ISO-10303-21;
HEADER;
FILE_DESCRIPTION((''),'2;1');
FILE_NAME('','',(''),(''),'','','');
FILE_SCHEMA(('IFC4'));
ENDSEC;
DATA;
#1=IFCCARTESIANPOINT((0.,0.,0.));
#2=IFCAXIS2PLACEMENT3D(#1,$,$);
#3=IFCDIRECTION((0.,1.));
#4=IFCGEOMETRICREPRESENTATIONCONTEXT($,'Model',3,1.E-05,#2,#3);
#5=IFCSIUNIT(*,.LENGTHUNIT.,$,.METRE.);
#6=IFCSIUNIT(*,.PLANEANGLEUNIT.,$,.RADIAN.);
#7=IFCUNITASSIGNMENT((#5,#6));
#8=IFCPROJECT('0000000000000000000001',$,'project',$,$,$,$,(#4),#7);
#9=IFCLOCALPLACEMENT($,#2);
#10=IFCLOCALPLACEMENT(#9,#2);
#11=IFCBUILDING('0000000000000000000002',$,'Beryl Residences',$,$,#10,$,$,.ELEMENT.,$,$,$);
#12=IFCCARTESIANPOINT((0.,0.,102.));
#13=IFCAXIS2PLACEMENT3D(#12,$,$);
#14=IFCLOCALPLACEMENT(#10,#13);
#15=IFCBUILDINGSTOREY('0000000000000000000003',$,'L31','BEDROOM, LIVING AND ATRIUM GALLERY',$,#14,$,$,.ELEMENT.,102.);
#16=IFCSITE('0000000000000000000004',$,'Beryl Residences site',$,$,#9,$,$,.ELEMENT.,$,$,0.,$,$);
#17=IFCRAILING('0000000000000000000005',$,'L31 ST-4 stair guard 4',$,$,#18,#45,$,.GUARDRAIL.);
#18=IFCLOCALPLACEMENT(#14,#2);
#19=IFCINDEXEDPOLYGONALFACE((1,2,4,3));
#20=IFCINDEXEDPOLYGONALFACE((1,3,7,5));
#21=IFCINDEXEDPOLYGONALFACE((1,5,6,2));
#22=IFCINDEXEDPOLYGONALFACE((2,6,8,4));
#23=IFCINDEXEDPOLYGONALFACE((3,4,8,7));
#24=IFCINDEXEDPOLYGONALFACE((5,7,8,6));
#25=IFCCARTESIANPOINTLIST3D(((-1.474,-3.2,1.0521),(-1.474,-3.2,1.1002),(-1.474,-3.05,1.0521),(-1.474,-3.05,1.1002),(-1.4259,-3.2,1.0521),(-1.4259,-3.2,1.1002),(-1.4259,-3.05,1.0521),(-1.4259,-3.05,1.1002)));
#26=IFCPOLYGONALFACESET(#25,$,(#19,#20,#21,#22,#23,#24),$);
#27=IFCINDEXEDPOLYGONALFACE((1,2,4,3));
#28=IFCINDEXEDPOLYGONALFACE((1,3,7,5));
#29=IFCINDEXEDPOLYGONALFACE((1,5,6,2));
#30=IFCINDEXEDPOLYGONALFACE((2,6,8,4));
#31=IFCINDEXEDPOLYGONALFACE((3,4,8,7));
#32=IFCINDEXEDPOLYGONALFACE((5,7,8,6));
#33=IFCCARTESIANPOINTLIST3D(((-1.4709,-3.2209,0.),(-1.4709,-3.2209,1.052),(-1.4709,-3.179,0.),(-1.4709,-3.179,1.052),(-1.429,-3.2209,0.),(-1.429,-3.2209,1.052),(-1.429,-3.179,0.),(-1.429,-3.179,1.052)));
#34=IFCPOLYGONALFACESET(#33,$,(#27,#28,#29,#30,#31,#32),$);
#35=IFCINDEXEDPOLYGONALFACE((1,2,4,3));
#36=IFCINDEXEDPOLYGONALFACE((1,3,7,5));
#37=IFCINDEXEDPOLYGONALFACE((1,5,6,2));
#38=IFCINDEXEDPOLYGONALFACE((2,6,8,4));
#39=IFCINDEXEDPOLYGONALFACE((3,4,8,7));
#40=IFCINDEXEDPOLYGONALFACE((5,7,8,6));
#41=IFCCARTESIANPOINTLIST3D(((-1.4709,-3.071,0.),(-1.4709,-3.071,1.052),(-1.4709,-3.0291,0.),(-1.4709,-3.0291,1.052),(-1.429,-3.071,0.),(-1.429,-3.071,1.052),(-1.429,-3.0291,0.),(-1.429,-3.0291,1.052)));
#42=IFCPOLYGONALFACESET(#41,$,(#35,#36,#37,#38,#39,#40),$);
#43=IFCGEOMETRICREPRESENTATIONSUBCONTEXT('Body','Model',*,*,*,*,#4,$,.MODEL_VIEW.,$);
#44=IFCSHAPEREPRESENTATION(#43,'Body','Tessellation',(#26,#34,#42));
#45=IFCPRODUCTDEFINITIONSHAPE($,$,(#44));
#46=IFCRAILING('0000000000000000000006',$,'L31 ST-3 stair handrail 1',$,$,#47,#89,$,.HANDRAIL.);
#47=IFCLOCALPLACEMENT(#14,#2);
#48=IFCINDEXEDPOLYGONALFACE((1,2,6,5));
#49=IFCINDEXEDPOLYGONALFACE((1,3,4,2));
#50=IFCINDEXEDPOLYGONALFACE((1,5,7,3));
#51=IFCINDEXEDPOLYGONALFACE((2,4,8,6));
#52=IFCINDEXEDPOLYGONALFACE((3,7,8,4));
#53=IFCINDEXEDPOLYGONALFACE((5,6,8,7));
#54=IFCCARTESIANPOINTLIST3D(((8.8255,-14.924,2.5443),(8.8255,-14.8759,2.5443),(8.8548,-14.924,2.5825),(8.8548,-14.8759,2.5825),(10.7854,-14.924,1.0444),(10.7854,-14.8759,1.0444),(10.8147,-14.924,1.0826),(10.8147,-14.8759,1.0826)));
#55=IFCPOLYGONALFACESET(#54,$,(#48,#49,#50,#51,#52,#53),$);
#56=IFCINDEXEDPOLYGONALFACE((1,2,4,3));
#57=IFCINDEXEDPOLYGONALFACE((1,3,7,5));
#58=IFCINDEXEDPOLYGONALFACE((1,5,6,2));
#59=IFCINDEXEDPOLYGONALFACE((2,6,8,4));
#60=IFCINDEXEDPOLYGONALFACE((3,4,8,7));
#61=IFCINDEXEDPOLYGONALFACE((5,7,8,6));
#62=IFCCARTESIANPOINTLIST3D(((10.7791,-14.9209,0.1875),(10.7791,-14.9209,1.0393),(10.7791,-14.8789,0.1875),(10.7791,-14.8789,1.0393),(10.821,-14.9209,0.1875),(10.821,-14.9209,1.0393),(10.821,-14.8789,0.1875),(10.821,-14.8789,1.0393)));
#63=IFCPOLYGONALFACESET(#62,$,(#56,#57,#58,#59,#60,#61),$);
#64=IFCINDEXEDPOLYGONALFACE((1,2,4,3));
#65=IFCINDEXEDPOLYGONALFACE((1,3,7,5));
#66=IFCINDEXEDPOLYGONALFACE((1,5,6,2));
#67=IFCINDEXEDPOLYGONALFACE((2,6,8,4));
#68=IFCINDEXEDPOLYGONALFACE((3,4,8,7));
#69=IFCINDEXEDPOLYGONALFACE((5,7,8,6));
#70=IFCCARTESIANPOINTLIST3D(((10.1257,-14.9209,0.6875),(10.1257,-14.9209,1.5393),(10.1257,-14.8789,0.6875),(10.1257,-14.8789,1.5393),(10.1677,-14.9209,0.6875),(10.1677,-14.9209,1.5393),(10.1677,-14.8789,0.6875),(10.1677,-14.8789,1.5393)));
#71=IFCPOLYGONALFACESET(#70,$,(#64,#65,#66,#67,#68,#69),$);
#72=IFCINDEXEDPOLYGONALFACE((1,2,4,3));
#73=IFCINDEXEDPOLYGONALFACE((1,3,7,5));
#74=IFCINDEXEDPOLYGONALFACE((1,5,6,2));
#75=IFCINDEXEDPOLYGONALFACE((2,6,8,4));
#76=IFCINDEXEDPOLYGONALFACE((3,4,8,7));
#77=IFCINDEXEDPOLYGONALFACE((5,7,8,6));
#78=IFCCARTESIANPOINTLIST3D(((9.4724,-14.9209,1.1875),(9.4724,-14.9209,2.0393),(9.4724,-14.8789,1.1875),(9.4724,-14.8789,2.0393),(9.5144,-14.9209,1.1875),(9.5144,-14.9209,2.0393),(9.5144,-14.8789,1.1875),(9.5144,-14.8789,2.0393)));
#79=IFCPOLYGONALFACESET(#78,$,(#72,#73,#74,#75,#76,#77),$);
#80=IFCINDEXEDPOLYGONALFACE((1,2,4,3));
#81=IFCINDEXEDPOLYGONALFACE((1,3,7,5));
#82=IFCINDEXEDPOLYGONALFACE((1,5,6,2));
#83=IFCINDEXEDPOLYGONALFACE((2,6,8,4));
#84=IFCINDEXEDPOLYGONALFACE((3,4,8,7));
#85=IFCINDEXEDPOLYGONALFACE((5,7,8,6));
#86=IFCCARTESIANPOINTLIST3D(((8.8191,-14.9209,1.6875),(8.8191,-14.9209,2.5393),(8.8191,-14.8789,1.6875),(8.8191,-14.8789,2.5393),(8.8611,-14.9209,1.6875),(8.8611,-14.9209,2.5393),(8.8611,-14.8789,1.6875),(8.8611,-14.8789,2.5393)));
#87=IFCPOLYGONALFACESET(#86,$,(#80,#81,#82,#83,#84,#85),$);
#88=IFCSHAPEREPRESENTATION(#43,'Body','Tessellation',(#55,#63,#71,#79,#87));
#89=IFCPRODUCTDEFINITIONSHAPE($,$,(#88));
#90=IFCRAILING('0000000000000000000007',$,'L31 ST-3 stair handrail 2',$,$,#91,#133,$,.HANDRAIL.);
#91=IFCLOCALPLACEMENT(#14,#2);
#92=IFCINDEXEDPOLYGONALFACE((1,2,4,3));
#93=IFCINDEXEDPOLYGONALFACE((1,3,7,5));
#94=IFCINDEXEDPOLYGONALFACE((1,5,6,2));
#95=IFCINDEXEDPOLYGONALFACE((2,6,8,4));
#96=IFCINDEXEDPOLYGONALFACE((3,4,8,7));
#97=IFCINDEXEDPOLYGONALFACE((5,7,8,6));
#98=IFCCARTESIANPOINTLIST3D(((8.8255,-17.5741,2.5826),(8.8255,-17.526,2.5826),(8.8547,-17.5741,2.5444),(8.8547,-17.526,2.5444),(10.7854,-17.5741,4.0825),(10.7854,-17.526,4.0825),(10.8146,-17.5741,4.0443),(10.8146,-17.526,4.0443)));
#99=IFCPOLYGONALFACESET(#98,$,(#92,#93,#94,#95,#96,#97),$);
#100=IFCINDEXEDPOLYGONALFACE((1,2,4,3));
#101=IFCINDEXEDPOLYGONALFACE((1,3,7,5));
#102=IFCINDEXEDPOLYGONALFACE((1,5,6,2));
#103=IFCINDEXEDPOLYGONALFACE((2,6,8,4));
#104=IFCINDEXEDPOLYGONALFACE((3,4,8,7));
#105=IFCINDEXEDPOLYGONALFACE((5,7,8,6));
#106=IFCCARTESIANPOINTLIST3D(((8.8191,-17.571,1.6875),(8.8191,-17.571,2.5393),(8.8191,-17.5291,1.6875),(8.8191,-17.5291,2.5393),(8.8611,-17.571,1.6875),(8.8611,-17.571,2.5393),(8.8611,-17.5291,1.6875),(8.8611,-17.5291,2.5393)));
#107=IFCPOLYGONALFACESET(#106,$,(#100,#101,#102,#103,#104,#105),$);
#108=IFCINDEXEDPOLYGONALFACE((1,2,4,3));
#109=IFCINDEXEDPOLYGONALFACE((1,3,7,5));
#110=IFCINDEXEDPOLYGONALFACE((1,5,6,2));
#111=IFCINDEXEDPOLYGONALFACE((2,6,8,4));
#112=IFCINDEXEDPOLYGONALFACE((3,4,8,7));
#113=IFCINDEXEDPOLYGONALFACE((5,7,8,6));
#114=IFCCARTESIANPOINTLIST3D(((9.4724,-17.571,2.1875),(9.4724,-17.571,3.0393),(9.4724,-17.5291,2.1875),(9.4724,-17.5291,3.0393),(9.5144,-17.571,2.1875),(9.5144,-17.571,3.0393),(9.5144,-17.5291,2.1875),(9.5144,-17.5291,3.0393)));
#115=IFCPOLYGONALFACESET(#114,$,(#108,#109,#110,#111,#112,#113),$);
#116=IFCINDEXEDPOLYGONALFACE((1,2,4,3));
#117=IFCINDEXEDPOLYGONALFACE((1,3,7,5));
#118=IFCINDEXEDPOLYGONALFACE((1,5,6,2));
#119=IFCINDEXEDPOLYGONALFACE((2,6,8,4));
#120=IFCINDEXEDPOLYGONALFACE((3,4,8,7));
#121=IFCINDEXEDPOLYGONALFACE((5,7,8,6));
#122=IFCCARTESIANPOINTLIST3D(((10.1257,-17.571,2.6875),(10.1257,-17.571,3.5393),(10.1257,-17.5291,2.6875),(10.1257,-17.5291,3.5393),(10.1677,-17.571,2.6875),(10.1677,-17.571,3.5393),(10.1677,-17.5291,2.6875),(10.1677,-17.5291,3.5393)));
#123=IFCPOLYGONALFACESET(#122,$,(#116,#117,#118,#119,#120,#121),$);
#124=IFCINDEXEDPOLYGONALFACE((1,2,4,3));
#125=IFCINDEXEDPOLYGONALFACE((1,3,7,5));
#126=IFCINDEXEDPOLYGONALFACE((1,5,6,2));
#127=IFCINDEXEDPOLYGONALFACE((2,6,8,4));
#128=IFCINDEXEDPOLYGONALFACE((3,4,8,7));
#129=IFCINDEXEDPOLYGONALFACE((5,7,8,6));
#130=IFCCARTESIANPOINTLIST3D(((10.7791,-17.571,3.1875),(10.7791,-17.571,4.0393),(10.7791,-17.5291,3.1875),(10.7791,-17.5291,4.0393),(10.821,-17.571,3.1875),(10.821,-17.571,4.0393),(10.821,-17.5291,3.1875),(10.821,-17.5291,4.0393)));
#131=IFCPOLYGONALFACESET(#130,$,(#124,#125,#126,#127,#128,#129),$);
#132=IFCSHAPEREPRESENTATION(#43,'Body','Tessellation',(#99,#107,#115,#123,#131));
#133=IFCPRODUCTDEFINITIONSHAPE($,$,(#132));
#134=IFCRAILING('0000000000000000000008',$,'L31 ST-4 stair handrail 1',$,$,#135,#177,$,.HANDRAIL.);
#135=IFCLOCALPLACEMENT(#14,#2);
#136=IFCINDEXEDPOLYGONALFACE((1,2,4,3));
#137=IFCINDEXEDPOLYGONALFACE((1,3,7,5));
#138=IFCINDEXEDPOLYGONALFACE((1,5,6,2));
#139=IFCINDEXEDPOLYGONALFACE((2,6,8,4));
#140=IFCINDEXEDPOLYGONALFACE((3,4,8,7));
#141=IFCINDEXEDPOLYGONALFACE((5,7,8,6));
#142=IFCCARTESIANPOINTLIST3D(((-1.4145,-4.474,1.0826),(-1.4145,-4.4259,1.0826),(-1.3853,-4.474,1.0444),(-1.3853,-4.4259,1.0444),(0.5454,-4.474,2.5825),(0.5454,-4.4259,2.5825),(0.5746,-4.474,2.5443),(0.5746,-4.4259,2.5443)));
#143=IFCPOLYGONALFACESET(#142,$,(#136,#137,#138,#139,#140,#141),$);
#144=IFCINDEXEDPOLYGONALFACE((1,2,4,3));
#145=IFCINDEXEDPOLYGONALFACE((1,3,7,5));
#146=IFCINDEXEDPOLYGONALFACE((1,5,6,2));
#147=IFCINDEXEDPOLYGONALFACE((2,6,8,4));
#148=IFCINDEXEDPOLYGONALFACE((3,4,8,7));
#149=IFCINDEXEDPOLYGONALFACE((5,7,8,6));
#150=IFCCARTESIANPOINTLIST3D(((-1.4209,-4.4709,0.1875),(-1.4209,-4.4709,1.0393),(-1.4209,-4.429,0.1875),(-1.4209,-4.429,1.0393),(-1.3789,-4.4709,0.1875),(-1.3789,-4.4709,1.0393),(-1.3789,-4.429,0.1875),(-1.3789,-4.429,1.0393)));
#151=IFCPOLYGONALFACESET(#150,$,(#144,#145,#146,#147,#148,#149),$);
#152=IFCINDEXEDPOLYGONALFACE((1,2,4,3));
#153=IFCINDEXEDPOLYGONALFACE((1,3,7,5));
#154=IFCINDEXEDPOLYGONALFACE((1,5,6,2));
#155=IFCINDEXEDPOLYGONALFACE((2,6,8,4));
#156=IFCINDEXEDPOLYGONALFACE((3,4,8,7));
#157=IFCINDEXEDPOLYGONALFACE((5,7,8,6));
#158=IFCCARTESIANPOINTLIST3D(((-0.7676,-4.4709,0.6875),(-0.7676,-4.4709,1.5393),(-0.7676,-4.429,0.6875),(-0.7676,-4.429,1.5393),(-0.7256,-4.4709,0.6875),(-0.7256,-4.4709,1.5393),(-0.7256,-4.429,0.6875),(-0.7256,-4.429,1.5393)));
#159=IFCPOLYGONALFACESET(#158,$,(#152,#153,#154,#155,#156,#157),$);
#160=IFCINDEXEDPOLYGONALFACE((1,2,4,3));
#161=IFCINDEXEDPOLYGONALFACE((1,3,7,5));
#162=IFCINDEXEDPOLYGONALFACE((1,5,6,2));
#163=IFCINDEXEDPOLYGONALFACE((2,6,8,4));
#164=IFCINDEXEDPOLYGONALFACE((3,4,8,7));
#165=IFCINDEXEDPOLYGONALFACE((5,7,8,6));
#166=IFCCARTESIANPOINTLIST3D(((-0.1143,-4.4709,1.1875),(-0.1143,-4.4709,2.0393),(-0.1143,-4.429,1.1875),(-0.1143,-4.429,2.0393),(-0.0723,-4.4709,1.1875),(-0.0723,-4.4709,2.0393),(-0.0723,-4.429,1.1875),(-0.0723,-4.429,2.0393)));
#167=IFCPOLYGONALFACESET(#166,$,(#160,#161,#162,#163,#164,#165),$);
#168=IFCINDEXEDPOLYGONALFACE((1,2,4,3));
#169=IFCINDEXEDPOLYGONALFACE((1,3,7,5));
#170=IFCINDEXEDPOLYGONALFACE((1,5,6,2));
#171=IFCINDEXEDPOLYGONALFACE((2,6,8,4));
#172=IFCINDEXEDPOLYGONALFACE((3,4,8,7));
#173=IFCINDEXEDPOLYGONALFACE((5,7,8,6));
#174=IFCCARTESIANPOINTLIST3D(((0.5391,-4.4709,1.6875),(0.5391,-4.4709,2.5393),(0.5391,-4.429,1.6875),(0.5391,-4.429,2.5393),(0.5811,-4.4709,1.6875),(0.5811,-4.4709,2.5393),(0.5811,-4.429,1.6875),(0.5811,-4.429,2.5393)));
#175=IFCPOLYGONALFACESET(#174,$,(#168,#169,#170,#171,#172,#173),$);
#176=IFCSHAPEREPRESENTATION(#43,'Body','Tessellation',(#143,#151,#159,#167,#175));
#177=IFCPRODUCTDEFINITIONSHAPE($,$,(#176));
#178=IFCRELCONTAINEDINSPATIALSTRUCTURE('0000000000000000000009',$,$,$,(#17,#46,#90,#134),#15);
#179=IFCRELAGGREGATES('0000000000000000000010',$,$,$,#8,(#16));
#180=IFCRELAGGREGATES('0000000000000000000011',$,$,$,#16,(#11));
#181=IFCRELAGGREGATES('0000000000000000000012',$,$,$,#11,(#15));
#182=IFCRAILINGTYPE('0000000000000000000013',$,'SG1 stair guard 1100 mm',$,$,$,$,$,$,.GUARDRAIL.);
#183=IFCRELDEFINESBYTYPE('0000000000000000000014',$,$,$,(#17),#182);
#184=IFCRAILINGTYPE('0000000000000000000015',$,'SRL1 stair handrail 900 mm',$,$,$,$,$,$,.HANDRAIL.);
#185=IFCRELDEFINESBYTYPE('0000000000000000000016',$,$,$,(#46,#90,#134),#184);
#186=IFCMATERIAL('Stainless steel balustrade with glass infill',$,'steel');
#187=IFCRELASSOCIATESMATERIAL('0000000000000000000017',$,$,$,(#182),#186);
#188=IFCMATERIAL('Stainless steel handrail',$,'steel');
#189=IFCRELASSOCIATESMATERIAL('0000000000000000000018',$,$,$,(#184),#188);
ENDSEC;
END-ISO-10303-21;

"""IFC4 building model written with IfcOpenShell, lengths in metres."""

from ifc_helpers import new_model, si_unit, direction, frame, origin, origin_2d, place, context, subcontext, project, spatial, rectangle, extrude, material, type_object, element, save


model = new_model("IFC4")

# Units and contexts
model_context = context("Model", 3, precision=1e-05, world=origin(), true_north=direction((0.0, 1.0)))
body_context = subcontext(model_context, "Body", "Model", "MODEL_VIEW")
ifc_project = project(units=[si_unit("LENGTHUNIT", "METRE"), si_unit("PLANEANGLEUNIT", "RADIAN")], contexts=[model_context])

# Site, building, storey
site_placement = place(None, origin())
site = spatial("IfcSite", under=ifc_project, at=site_placement, Name="Beryl Residences site", CompositionType="ELEMENT", RefElevation=0.0)
building_placement = place(site_placement, origin())
building = spatial("IfcBuilding", under=site, at=building_placement, Name="Beryl Residences", CompositionType="ELEMENT")
storey_placement = place(building_placement, frame((0.0, 0.0, 102.0)))
storey = spatial("IfcBuildingStorey", under=building, at=storey_placement, Name="L31", Description="BEDROOM, LIVING AND ATRIUM GALLERY", CompositionType="ELEMENT", Elevation=102.0)

# Railings
ifc_material_1 = material(Name="Stainless steel balustrade with glass infill", Category="steel")
railing_type_1 = type_object("IfcRailingType", Name="SG1 stair guard 1100 mm", PredefinedType="GUARDRAIL", material=ifc_material_1)
for number, where, name in (
    (1, (-1.45, -3.2, 0.0), "L31 ST-4 stair guard 4"),
):
    element("IfcRailing", number, at=place(storey_placement, frame(where)), inside=storey, type_object=railing_type_1, Name=name, PredefinedType="GUARDRAIL", context=body_context, shape_type="SweptSolid", body=[
        extrude(rectangle(XDim=0.0481, YDim=0.0481, at=origin_2d()), frame((0.0, 0.0, 1.0762), z_axis=(0.0, 1.0, 0.0), x_axis=(-1.0, 0.0, 0.0)), (0.0, 0.0, 1.0), 0.1499),
        extrude(rectangle(XDim=0.042, YDim=0.042, at=origin_2d()), origin(), (0.0, 0.0, 1.0), 1.052),
        extrude(rectangle(XDim=0.042, YDim=0.042, at=origin_2d()), frame((0.0, 0.1499, 0.0)), (0.0, 0.0, 1.0), 1.052),
    ])
ifc_material_2 = material(Name="Stainless steel handrail", Category="steel")
railing_type_2 = type_object("IfcRailingType", Name="SRL1 stair handrail 900 mm", PredefinedType="HANDRAIL", material=ifc_material_2)
railing_1_placement = place(storey_placement, frame((10.8, -14.8999, 0.1875)))
element("IfcRailing", 2, at=railing_1_placement, inside=storey, type_object=railing_type_2, Name="L31 ST-3 stair handrail 1", PredefinedType="HANDRAIL", context=body_context, shape_type="SweptSolid", body=[
    extrude(rectangle(XDim=0.0481, YDim=0.0481, at=origin_2d()), frame((0.0, 0.0, 0.876), z_axis=(-0.794122, 0.0, 0.607758), x_axis=(0.0, -1.0, 0.0)), (0.0, 0.0, 1.0), 2.468),
    extrude(rectangle(XDim=0.042, YDim=0.042, at=origin_2d()), origin(), (0.0, 0.0, 1.0), 0.8518),
    extrude(rectangle(XDim=0.042, YDim=0.042, at=origin_2d()), frame((-0.6533, 0.0, 0.5)), (0.0, 0.0, 1.0), 0.8518),
    extrude(rectangle(XDim=0.042, YDim=0.042, at=origin_2d()), frame((-1.3066, 0.0, 1.0)), (0.0, 0.0, 1.0), 0.8518),
    extrude(rectangle(XDim=0.042, YDim=0.042, at=origin_2d()), frame((-1.96, 0.0, 1.5)), (0.0, 0.0, 1.0), 0.8518),
])
for number, where, name in (
    (3, (8.8401, -17.55, 1.6875), "L31 ST-3 stair handrail 2"),
    (4, (-1.3999, -4.45, 0.1875), "L31 ST-4 stair handrail 1"),
):
    element("IfcRailing", number, at=place(storey_placement, frame(where)), inside=storey, type_object=railing_type_2, Name=name, PredefinedType="HANDRAIL", context=body_context, shape_type="SweptSolid", body=[
        extrude(rectangle(XDim=0.0481, YDim=0.0481, at=origin_2d()), frame((0.0, 0.0, 0.876), z_axis=(0.794122, 0.0, 0.607758), x_axis=(0.0, 1.0, 0.0)), (0.0, 0.0, 1.0), 2.468),
        extrude(rectangle(XDim=0.042, YDim=0.042, at=origin_2d()), origin(), (0.0, 0.0, 1.0), 0.8518),
        extrude(rectangle(XDim=0.042, YDim=0.042, at=origin_2d()), frame((0.6533, 0.0, 0.5)), (0.0, 0.0, 1.0), 0.8518),
        extrude(rectangle(XDim=0.042, YDim=0.042, at=origin_2d()), frame((1.3066, 0.0, 1.0)), (0.0, 0.0, 1.0), 0.8518),
        extrude(rectangle(XDim=0.042, YDim=0.042, at=origin_2d()), frame((1.96, 0.0, 1.5)), (0.0, 0.0, 1.0), 0.8518),
    ])

save(model, "model.ifc")
